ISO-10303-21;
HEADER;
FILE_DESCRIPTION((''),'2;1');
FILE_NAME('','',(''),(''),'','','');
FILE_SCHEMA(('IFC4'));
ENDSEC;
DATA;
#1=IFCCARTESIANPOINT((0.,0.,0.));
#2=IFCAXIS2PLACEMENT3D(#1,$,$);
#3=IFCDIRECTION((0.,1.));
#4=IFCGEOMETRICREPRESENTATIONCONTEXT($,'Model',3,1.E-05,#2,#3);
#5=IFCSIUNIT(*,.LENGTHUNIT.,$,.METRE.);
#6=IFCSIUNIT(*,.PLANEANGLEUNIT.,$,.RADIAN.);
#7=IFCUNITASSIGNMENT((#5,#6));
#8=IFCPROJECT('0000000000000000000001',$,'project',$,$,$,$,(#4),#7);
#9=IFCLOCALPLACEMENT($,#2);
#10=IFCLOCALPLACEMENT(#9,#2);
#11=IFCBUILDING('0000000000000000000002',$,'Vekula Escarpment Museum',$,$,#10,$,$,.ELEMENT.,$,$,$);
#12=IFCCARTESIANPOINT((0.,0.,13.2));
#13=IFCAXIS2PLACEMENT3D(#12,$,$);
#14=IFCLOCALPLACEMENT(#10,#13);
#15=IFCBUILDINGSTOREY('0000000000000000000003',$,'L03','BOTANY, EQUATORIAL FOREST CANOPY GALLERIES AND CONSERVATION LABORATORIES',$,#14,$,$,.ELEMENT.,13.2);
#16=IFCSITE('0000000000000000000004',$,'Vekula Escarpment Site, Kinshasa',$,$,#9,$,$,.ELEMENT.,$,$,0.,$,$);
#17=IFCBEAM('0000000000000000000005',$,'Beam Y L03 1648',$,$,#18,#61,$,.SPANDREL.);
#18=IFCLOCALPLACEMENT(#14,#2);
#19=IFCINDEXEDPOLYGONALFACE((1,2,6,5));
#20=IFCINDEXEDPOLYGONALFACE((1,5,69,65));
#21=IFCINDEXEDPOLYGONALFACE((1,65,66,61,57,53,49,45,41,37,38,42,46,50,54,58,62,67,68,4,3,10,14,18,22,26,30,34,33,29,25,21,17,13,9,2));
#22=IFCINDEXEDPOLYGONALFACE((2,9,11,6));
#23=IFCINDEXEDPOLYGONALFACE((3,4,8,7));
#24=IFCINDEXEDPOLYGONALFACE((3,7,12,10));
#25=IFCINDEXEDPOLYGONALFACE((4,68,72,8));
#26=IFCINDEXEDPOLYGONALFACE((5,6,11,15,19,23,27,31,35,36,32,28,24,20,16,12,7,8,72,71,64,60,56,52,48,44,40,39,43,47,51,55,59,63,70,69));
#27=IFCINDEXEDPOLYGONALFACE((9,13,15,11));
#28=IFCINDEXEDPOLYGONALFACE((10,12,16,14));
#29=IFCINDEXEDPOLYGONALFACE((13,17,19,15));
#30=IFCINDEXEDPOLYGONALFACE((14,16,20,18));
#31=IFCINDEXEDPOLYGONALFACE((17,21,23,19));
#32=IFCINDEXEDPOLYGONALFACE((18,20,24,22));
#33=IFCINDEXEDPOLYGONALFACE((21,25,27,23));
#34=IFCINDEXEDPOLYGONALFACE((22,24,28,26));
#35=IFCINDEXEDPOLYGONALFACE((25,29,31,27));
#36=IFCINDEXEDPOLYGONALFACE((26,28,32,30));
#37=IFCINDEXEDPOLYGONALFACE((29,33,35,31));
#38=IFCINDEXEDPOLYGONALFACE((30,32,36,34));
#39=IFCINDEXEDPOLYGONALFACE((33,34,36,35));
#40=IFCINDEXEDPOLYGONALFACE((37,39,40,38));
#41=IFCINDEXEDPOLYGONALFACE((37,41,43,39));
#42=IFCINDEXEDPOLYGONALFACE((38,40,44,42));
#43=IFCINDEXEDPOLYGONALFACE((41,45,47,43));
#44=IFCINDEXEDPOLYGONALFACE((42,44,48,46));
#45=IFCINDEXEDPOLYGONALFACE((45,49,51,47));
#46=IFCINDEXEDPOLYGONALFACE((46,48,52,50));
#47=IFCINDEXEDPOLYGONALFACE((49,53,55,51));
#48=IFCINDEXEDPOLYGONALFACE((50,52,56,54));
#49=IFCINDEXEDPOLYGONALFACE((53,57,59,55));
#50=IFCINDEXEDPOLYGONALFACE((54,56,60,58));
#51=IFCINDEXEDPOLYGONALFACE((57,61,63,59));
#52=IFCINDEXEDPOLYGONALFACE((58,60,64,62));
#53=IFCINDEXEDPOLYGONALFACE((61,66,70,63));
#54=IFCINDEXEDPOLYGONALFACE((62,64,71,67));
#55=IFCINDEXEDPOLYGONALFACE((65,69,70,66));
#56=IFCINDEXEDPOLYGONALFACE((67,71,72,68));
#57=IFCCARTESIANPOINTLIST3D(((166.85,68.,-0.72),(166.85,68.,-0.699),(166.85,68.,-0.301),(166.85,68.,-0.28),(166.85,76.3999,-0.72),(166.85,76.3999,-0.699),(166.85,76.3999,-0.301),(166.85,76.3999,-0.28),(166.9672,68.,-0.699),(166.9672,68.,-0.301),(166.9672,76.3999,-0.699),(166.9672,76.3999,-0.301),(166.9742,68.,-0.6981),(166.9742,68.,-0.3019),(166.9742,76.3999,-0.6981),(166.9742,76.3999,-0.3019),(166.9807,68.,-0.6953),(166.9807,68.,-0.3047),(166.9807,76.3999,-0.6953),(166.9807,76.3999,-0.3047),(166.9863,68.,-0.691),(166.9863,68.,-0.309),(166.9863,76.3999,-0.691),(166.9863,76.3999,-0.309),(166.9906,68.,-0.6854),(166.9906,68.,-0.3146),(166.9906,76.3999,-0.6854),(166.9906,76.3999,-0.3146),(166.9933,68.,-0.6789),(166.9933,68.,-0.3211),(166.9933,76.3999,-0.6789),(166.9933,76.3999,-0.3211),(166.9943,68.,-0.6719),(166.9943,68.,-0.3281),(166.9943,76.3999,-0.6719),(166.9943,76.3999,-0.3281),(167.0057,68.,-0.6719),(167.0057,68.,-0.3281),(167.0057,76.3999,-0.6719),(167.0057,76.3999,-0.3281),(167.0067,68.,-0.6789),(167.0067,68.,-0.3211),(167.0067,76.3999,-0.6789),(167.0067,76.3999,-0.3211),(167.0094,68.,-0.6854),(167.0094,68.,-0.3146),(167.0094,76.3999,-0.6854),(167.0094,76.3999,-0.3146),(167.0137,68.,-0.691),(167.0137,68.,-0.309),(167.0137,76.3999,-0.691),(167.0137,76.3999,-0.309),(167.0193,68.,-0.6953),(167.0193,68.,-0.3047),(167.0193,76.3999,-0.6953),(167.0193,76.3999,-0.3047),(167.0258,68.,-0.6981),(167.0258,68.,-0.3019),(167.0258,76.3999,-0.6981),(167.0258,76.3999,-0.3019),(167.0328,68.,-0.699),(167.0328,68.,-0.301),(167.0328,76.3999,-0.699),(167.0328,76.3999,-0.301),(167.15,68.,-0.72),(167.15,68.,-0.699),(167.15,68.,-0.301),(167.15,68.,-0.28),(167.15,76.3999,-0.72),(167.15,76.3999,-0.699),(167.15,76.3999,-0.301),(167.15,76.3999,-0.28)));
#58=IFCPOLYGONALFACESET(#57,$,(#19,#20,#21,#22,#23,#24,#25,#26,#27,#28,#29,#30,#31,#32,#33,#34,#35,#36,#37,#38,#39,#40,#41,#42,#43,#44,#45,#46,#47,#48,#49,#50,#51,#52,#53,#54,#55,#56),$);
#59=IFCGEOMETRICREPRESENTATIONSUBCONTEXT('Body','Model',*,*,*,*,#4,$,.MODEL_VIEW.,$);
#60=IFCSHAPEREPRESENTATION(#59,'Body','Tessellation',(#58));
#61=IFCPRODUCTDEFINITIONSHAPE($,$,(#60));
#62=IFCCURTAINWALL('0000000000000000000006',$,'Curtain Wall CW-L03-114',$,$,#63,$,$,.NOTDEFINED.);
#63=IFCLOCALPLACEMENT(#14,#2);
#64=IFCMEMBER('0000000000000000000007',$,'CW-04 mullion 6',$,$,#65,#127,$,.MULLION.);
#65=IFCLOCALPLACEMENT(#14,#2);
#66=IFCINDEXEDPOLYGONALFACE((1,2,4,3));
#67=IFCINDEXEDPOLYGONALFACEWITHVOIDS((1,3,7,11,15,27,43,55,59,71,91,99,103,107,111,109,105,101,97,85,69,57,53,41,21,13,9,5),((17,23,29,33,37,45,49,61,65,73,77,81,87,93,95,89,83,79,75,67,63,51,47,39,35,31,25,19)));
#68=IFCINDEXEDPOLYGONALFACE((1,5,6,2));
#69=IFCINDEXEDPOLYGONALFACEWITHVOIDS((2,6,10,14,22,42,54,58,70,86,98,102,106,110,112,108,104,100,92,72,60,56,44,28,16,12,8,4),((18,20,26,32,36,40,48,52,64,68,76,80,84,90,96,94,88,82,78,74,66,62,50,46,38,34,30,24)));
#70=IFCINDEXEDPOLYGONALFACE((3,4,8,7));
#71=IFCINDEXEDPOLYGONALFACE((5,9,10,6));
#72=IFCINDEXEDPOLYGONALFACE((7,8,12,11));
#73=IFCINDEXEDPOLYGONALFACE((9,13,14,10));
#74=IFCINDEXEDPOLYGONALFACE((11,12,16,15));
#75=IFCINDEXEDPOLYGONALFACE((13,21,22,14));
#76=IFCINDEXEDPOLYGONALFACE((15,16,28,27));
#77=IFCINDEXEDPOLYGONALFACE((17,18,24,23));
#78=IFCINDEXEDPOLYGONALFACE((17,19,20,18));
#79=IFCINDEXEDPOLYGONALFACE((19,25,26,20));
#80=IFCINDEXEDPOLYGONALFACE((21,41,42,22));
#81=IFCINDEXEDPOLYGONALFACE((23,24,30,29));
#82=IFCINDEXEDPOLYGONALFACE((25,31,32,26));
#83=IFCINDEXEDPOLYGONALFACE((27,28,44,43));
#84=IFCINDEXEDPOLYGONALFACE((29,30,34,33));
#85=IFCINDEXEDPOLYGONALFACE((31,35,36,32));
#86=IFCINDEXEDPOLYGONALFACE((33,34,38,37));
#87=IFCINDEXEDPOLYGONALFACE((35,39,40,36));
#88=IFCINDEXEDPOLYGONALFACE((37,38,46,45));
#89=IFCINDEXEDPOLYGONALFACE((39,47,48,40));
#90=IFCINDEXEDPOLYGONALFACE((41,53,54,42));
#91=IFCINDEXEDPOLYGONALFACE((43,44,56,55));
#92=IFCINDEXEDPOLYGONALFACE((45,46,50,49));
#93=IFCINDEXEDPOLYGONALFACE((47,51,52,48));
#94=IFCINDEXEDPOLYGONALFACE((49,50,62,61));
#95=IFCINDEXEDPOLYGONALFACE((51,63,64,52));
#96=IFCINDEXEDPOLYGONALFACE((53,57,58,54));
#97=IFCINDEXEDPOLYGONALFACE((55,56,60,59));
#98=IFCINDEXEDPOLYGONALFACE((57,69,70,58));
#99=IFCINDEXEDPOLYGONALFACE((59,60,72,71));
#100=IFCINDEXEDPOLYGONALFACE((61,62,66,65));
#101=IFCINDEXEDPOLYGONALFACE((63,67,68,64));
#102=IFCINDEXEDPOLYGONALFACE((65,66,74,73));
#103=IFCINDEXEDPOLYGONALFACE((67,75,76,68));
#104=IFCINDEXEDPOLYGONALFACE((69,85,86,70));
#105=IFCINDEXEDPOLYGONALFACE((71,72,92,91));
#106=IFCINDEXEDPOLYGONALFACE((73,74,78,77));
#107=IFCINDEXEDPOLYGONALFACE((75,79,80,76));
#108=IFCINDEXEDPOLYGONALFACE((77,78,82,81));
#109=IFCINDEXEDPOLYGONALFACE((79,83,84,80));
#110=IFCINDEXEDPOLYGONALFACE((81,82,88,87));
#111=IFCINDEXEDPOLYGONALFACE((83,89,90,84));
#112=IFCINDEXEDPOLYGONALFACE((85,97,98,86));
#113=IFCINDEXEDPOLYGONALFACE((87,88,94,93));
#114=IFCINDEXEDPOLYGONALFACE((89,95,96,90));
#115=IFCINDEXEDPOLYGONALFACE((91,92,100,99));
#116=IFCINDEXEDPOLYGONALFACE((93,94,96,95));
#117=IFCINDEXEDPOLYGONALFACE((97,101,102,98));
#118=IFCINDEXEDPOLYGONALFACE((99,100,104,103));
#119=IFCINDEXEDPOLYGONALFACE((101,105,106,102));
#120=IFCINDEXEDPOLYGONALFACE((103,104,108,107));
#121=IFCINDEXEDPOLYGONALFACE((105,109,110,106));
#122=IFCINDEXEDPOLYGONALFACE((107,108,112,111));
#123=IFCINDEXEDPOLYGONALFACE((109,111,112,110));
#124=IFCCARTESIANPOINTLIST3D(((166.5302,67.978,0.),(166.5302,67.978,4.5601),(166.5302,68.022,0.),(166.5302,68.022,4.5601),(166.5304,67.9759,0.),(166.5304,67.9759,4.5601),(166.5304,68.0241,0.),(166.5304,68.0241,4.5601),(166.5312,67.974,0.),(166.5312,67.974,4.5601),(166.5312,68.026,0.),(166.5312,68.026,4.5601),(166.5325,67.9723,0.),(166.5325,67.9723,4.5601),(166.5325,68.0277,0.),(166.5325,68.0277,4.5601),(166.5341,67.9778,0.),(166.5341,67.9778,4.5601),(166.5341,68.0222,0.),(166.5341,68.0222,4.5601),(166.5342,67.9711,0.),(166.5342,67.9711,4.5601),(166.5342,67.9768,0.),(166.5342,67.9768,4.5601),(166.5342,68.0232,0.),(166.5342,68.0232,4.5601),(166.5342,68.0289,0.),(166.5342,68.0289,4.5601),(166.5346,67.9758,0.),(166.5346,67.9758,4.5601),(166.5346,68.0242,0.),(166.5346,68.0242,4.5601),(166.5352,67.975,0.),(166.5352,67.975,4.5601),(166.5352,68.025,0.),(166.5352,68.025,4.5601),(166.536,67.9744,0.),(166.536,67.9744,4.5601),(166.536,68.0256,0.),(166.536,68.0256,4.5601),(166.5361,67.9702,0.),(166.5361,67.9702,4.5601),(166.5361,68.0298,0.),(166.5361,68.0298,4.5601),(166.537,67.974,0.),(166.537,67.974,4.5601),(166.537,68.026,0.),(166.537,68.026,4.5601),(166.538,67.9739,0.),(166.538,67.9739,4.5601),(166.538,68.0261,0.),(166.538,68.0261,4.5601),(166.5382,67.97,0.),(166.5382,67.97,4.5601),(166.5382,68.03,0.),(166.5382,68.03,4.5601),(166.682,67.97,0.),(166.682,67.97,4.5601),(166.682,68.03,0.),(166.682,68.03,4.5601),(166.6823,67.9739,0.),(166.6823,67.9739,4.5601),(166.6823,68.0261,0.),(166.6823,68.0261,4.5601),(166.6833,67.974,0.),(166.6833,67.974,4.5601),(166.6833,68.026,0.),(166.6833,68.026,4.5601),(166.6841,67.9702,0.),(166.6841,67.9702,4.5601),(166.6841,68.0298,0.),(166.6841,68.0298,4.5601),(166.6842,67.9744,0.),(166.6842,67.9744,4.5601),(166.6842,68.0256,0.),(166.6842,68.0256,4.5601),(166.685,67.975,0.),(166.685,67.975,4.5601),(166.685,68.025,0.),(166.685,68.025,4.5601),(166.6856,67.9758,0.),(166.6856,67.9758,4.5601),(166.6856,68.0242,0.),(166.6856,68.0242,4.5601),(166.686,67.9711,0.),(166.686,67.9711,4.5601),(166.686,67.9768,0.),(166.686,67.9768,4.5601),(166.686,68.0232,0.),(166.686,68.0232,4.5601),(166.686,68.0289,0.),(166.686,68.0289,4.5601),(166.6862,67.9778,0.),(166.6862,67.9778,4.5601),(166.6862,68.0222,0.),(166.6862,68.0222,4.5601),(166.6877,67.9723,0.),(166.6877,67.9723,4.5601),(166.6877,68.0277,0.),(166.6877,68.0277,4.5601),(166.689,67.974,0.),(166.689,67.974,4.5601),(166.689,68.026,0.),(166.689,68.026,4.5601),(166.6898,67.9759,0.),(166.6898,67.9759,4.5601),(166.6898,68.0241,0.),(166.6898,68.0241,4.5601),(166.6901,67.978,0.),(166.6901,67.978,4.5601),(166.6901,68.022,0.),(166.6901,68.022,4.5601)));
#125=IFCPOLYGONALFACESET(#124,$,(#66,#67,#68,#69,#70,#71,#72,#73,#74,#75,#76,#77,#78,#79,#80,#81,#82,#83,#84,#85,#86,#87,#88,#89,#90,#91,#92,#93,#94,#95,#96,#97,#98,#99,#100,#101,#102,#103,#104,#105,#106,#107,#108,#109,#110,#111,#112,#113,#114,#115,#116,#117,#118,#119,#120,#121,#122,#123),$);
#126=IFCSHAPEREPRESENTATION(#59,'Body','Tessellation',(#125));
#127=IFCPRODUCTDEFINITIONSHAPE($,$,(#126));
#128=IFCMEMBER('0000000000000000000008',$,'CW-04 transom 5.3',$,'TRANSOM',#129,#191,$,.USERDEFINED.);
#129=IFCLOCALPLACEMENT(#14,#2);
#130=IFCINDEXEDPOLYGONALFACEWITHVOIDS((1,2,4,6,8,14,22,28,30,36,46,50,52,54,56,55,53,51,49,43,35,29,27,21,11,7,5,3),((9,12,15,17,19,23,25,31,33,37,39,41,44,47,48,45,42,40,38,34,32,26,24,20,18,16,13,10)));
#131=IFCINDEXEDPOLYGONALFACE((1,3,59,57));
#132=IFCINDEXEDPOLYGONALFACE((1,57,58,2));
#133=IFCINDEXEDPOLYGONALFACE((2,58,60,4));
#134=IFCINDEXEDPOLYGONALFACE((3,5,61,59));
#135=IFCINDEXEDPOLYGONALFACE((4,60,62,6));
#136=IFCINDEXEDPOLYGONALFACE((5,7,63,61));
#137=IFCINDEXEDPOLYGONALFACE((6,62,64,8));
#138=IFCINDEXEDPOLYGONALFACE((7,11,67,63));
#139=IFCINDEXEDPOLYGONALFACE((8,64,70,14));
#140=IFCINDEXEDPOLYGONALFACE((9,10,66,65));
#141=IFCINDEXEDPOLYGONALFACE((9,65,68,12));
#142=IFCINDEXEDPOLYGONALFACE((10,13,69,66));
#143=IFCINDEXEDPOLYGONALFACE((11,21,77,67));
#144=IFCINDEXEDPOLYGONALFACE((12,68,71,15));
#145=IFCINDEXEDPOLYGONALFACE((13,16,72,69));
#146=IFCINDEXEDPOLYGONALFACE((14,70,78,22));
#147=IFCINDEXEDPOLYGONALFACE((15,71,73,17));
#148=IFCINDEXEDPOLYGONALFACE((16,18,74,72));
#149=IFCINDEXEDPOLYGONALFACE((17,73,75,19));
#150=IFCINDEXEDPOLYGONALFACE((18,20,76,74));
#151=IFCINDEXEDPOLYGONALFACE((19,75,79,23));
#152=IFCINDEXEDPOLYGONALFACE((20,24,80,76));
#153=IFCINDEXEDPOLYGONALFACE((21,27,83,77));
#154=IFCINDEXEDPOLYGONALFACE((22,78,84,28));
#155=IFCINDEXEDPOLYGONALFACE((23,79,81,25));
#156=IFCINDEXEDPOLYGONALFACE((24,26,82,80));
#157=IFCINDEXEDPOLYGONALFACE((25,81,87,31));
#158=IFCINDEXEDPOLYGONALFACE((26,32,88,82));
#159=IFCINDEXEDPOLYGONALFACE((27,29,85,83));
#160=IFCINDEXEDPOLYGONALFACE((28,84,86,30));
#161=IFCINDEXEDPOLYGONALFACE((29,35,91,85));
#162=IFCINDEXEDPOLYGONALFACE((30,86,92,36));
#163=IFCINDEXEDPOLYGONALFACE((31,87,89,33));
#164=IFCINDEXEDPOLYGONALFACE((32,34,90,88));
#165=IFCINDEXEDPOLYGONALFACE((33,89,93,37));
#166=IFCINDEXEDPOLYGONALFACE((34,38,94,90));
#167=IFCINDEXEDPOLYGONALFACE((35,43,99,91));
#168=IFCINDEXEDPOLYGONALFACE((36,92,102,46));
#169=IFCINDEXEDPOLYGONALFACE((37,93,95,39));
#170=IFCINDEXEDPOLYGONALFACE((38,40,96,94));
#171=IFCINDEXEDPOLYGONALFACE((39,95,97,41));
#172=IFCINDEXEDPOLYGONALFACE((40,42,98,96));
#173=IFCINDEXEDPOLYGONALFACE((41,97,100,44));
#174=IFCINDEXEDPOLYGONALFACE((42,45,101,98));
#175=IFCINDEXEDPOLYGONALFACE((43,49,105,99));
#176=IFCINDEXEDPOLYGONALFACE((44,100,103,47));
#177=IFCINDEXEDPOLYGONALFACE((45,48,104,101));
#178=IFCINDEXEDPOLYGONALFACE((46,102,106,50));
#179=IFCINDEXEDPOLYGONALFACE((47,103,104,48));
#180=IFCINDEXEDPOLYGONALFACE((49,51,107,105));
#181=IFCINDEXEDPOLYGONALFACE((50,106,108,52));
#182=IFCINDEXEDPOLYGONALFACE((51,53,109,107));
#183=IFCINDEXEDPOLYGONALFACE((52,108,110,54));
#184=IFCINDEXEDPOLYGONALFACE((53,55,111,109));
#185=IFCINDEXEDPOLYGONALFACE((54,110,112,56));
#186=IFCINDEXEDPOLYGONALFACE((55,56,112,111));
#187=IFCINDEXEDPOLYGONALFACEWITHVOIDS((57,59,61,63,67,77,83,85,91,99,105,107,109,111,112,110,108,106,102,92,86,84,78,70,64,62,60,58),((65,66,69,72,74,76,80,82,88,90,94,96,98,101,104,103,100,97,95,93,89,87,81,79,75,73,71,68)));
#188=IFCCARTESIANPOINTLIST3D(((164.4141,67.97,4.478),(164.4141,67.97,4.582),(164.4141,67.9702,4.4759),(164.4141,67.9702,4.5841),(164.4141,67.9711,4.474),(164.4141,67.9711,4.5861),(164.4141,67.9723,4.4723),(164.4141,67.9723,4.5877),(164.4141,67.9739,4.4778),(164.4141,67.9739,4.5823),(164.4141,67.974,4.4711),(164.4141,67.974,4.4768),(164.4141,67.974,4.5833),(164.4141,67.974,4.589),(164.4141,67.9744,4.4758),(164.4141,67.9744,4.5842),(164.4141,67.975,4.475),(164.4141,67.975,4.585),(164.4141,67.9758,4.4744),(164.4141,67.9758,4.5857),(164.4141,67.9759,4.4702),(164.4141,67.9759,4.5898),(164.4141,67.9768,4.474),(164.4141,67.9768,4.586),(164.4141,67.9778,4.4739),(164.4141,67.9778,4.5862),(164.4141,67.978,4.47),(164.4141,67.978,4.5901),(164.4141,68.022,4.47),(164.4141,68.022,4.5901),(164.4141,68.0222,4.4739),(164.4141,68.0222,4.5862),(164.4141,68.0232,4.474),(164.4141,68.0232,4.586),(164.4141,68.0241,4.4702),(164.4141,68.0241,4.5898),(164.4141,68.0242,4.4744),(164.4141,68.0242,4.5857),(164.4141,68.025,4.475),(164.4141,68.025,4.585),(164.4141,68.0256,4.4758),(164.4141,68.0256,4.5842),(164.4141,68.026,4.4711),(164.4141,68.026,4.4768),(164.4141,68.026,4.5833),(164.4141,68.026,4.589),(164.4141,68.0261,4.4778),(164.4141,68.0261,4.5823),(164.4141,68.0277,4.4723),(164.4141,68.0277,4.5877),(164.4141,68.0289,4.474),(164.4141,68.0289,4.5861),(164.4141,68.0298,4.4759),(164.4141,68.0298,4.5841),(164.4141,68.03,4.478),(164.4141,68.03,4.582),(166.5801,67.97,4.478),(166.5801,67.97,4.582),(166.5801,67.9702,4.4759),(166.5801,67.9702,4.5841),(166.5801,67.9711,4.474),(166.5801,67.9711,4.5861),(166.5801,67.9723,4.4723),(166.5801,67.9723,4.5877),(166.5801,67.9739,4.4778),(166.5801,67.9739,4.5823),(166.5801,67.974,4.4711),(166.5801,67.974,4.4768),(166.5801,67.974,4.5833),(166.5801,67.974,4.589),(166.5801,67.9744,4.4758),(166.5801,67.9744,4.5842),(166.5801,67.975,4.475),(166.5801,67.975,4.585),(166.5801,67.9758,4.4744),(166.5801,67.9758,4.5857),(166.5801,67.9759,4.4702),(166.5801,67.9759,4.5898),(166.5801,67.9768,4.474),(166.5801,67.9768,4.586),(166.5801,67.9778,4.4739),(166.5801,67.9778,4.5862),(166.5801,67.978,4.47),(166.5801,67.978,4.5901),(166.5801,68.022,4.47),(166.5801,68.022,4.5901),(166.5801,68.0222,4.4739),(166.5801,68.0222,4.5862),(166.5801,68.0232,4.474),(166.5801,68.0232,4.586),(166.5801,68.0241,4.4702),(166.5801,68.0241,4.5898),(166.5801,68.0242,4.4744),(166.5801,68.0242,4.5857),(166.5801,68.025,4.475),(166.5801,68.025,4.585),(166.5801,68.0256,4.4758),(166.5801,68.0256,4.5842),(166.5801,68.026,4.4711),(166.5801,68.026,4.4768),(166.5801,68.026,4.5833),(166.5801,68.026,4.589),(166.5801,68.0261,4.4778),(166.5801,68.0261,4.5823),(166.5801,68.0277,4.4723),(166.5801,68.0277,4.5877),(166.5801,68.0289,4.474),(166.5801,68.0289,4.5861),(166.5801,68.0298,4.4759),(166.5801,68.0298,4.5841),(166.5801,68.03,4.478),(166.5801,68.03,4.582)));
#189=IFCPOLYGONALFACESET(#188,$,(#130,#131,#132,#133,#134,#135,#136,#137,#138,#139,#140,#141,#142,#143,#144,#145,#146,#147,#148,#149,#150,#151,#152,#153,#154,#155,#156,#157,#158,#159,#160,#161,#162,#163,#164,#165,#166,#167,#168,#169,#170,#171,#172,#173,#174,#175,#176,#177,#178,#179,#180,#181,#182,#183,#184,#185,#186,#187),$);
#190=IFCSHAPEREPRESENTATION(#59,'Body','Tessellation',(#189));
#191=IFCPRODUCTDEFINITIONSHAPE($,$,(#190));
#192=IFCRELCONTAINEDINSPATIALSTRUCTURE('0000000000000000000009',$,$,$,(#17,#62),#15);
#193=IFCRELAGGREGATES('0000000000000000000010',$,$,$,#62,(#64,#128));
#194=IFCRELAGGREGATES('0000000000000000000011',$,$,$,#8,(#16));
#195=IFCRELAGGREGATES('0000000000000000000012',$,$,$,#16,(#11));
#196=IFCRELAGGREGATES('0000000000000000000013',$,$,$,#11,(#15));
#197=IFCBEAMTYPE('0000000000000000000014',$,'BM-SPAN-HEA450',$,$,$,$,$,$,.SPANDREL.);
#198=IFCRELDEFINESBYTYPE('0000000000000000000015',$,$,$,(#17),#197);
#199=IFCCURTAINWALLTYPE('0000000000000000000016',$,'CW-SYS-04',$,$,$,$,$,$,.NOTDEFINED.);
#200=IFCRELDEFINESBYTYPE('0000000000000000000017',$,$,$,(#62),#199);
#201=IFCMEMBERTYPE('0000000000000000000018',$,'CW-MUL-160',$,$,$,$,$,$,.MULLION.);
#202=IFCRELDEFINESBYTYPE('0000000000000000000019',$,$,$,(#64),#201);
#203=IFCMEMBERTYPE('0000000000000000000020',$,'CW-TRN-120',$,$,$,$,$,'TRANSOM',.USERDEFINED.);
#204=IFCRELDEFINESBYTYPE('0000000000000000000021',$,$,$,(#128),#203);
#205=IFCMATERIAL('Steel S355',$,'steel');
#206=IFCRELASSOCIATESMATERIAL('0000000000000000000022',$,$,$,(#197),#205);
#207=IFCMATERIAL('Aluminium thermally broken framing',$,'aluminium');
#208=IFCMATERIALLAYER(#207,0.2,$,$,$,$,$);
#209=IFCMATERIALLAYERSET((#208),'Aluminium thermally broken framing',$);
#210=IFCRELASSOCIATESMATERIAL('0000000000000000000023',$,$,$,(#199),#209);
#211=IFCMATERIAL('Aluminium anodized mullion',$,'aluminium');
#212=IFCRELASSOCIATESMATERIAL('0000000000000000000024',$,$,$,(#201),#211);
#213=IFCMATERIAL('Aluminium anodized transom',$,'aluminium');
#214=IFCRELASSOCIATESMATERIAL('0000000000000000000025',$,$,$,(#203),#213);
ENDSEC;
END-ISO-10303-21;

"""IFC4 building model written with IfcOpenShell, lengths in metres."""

from ifc_helpers import new_model, si_unit, direction, frame, origin, origin_2d, place, context, subcontext, project, spatial, hollow_rectangle, i_section, extrude, material, layer, layer_set, material_profile, profile_set, type_object, element, aggregate, save


model = new_model("IFC4")

# Units and contexts
model_context = context("Model", 3, precision=1e-05, world=origin(), true_north=direction((0.0, 1.0)))
body_context = subcontext(model_context, "Body", "Model", "MODEL_VIEW")
ifc_project = project(units=[si_unit("LENGTHUNIT", "METRE"), si_unit("PLANEANGLEUNIT", "RADIAN")], contexts=[model_context])

# Site, building, storey
site_placement = place(None, origin())
site = spatial("IfcSite", under=ifc_project, at=site_placement, Name="Vekula Escarpment Site, Kinshasa", CompositionType="ELEMENT", RefElevation=0.0)
building_placement = place(site_placement, origin())
building = spatial("IfcBuilding", under=site, at=building_placement, Name="Vekula Escarpment Museum", CompositionType="ELEMENT")
storey_placement = place(building_placement, frame((0.0, 0.0, 13.2)))
storey = spatial("IfcBuildingStorey", under=building, at=storey_placement, Name="L03", Description="BOTANY, EQUATORIAL FOREST CANOPY GALLERIES AND CONSERVATION LABORATORIES", CompositionType="ELEMENT", Elevation=13.2)

# Beam
ifc_material_1 = material(Name="Steel S355", Category="steel")
ifc_material_profile_1 = material_profile(ifc_material_1, i_section(OverallWidth=0.3, OverallDepth=0.4399, WebThickness=0.0115, FlangeThickness=0.021, FilletRadius=0.0271, at=origin_2d()), Name="HEA 450")
ifc_profile_set_1 = profile_set([ifc_material_profile_1], Name="Steel S355")
beam_type_1 = type_object("IfcBeamType", Name="BM-SPAN-HEA450", PredefinedType="SPANDREL", material=ifc_profile_set_1)
beam_1_placement = place(storey_placement, frame((167.0, 68.0, -0.5), z_axis=(0.0, 1.0, 0.0), x_axis=(-1.0, 0.0, 0.0)))
element("IfcBeam", 1, at=beam_1_placement, inside=storey, type_object=beam_type_1, Name="Beam Y L03 1648", PredefinedType="SPANDREL", context=body_context, shape_type="SweptSolid", body=[
    extrude(i_section(OverallWidth=0.3, OverallDepth=0.4399, WebThickness=0.0115, FlangeThickness=0.021, FilletRadius=0.0271, at=origin_2d()), origin(), (0.0, 0.0, 1.0), 8.3999),
])

# Curtain wall, members
ifc_material_2 = material(Name="Aluminium thermally broken framing", Category="aluminium")
ifc_layer_1 = layer(ifc_material_2, 0.2)
ifc_layer_set_1 = layer_set([ifc_layer_1], Name="Aluminium thermally broken framing")
curtain_wall_type = type_object("IfcCurtainWallType", Name="CW-SYS-04", PredefinedType="NOTDEFINED", material=ifc_layer_set_1)
curtain_wall_placement = place(storey_placement, origin())
curtain_wall = element("IfcCurtainWall", 2, at=curtain_wall_placement, inside=storey, type_object=curtain_wall_type, Name="Curtain Wall CW-L03-114", PredefinedType="NOTDEFINED")
ifc_material_3 = material(Name="Aluminium anodized mullion", Category="aluminium")
ifc_material_profile_2 = material_profile(ifc_material_3, hollow_rectangle(XDim=0.0601, YDim=0.1599, WallThickness=0.0039, InnerFilletRadius=0.0039, OuterFilletRadius=0.0081, at=origin_2d()), Name="ALU 160x60x4")
ifc_profile_set_2 = profile_set([ifc_material_profile_2], Name="Aluminium anodized mullion")
member_type_1 = type_object("IfcMemberType", Name="CW-MUL-160", PredefinedType="MULLION", material=ifc_profile_set_2)
member_1_placement = place(storey_placement, frame((166.6101, 68.0, 0.0), z_axis=(0.0, 0.0, 1.0), x_axis=(0.0, 1.0, 0.0)))
member_1 = element("IfcMember", 3, at=member_1_placement, type_object=member_type_1, Name="CW-04 mullion 6", PredefinedType="MULLION", context=body_context, shape_type="SweptSolid", body=[
    extrude(hollow_rectangle(XDim=0.0601, YDim=0.1599, WallThickness=0.0039, InnerFilletRadius=0.0039, OuterFilletRadius=0.0081, at=origin_2d()), origin(), (0.0, 0.0, 1.0), 4.5601),
])
ifc_material_4 = material(Name="Aluminium anodized transom", Category="aluminium")
ifc_material_profile_3 = material_profile(ifc_material_4, hollow_rectangle(XDim=0.0601, YDim=0.1201, WallThickness=0.0039, InnerFilletRadius=0.0039, OuterFilletRadius=0.0081, at=origin_2d()), Name="ALU 120x60x4")
ifc_profile_set_3 = profile_set([ifc_material_profile_3], Name="Aluminium anodized transom")
member_type_2 = type_object("IfcMemberType", Name="CW-TRN-120", ElementType="TRANSOM", PredefinedType="USERDEFINED", material=ifc_profile_set_3)
member_2_placement = place(storey_placement, frame((164.4141, 68.0, 4.53), z_axis=(1.0, 0.0, 0.0), x_axis=(0.0, 1.0, 0.0)))
member_2 = element("IfcMember", 4, at=member_2_placement, type_object=member_type_2, Name="CW-04 transom 5.3", ObjectType="TRANSOM", PredefinedType="USERDEFINED", context=body_context, shape_type="SweptSolid", body=[
    extrude(hollow_rectangle(XDim=0.0601, YDim=0.1201, WallThickness=0.0039, InnerFilletRadius=0.0039, OuterFilletRadius=0.0081, at=origin_2d()), origin(), (0.0, 0.0, 1.0), 2.166),
])
aggregate(curtain_wall, [member_1, member_2])

save(model, "model.ifc")
